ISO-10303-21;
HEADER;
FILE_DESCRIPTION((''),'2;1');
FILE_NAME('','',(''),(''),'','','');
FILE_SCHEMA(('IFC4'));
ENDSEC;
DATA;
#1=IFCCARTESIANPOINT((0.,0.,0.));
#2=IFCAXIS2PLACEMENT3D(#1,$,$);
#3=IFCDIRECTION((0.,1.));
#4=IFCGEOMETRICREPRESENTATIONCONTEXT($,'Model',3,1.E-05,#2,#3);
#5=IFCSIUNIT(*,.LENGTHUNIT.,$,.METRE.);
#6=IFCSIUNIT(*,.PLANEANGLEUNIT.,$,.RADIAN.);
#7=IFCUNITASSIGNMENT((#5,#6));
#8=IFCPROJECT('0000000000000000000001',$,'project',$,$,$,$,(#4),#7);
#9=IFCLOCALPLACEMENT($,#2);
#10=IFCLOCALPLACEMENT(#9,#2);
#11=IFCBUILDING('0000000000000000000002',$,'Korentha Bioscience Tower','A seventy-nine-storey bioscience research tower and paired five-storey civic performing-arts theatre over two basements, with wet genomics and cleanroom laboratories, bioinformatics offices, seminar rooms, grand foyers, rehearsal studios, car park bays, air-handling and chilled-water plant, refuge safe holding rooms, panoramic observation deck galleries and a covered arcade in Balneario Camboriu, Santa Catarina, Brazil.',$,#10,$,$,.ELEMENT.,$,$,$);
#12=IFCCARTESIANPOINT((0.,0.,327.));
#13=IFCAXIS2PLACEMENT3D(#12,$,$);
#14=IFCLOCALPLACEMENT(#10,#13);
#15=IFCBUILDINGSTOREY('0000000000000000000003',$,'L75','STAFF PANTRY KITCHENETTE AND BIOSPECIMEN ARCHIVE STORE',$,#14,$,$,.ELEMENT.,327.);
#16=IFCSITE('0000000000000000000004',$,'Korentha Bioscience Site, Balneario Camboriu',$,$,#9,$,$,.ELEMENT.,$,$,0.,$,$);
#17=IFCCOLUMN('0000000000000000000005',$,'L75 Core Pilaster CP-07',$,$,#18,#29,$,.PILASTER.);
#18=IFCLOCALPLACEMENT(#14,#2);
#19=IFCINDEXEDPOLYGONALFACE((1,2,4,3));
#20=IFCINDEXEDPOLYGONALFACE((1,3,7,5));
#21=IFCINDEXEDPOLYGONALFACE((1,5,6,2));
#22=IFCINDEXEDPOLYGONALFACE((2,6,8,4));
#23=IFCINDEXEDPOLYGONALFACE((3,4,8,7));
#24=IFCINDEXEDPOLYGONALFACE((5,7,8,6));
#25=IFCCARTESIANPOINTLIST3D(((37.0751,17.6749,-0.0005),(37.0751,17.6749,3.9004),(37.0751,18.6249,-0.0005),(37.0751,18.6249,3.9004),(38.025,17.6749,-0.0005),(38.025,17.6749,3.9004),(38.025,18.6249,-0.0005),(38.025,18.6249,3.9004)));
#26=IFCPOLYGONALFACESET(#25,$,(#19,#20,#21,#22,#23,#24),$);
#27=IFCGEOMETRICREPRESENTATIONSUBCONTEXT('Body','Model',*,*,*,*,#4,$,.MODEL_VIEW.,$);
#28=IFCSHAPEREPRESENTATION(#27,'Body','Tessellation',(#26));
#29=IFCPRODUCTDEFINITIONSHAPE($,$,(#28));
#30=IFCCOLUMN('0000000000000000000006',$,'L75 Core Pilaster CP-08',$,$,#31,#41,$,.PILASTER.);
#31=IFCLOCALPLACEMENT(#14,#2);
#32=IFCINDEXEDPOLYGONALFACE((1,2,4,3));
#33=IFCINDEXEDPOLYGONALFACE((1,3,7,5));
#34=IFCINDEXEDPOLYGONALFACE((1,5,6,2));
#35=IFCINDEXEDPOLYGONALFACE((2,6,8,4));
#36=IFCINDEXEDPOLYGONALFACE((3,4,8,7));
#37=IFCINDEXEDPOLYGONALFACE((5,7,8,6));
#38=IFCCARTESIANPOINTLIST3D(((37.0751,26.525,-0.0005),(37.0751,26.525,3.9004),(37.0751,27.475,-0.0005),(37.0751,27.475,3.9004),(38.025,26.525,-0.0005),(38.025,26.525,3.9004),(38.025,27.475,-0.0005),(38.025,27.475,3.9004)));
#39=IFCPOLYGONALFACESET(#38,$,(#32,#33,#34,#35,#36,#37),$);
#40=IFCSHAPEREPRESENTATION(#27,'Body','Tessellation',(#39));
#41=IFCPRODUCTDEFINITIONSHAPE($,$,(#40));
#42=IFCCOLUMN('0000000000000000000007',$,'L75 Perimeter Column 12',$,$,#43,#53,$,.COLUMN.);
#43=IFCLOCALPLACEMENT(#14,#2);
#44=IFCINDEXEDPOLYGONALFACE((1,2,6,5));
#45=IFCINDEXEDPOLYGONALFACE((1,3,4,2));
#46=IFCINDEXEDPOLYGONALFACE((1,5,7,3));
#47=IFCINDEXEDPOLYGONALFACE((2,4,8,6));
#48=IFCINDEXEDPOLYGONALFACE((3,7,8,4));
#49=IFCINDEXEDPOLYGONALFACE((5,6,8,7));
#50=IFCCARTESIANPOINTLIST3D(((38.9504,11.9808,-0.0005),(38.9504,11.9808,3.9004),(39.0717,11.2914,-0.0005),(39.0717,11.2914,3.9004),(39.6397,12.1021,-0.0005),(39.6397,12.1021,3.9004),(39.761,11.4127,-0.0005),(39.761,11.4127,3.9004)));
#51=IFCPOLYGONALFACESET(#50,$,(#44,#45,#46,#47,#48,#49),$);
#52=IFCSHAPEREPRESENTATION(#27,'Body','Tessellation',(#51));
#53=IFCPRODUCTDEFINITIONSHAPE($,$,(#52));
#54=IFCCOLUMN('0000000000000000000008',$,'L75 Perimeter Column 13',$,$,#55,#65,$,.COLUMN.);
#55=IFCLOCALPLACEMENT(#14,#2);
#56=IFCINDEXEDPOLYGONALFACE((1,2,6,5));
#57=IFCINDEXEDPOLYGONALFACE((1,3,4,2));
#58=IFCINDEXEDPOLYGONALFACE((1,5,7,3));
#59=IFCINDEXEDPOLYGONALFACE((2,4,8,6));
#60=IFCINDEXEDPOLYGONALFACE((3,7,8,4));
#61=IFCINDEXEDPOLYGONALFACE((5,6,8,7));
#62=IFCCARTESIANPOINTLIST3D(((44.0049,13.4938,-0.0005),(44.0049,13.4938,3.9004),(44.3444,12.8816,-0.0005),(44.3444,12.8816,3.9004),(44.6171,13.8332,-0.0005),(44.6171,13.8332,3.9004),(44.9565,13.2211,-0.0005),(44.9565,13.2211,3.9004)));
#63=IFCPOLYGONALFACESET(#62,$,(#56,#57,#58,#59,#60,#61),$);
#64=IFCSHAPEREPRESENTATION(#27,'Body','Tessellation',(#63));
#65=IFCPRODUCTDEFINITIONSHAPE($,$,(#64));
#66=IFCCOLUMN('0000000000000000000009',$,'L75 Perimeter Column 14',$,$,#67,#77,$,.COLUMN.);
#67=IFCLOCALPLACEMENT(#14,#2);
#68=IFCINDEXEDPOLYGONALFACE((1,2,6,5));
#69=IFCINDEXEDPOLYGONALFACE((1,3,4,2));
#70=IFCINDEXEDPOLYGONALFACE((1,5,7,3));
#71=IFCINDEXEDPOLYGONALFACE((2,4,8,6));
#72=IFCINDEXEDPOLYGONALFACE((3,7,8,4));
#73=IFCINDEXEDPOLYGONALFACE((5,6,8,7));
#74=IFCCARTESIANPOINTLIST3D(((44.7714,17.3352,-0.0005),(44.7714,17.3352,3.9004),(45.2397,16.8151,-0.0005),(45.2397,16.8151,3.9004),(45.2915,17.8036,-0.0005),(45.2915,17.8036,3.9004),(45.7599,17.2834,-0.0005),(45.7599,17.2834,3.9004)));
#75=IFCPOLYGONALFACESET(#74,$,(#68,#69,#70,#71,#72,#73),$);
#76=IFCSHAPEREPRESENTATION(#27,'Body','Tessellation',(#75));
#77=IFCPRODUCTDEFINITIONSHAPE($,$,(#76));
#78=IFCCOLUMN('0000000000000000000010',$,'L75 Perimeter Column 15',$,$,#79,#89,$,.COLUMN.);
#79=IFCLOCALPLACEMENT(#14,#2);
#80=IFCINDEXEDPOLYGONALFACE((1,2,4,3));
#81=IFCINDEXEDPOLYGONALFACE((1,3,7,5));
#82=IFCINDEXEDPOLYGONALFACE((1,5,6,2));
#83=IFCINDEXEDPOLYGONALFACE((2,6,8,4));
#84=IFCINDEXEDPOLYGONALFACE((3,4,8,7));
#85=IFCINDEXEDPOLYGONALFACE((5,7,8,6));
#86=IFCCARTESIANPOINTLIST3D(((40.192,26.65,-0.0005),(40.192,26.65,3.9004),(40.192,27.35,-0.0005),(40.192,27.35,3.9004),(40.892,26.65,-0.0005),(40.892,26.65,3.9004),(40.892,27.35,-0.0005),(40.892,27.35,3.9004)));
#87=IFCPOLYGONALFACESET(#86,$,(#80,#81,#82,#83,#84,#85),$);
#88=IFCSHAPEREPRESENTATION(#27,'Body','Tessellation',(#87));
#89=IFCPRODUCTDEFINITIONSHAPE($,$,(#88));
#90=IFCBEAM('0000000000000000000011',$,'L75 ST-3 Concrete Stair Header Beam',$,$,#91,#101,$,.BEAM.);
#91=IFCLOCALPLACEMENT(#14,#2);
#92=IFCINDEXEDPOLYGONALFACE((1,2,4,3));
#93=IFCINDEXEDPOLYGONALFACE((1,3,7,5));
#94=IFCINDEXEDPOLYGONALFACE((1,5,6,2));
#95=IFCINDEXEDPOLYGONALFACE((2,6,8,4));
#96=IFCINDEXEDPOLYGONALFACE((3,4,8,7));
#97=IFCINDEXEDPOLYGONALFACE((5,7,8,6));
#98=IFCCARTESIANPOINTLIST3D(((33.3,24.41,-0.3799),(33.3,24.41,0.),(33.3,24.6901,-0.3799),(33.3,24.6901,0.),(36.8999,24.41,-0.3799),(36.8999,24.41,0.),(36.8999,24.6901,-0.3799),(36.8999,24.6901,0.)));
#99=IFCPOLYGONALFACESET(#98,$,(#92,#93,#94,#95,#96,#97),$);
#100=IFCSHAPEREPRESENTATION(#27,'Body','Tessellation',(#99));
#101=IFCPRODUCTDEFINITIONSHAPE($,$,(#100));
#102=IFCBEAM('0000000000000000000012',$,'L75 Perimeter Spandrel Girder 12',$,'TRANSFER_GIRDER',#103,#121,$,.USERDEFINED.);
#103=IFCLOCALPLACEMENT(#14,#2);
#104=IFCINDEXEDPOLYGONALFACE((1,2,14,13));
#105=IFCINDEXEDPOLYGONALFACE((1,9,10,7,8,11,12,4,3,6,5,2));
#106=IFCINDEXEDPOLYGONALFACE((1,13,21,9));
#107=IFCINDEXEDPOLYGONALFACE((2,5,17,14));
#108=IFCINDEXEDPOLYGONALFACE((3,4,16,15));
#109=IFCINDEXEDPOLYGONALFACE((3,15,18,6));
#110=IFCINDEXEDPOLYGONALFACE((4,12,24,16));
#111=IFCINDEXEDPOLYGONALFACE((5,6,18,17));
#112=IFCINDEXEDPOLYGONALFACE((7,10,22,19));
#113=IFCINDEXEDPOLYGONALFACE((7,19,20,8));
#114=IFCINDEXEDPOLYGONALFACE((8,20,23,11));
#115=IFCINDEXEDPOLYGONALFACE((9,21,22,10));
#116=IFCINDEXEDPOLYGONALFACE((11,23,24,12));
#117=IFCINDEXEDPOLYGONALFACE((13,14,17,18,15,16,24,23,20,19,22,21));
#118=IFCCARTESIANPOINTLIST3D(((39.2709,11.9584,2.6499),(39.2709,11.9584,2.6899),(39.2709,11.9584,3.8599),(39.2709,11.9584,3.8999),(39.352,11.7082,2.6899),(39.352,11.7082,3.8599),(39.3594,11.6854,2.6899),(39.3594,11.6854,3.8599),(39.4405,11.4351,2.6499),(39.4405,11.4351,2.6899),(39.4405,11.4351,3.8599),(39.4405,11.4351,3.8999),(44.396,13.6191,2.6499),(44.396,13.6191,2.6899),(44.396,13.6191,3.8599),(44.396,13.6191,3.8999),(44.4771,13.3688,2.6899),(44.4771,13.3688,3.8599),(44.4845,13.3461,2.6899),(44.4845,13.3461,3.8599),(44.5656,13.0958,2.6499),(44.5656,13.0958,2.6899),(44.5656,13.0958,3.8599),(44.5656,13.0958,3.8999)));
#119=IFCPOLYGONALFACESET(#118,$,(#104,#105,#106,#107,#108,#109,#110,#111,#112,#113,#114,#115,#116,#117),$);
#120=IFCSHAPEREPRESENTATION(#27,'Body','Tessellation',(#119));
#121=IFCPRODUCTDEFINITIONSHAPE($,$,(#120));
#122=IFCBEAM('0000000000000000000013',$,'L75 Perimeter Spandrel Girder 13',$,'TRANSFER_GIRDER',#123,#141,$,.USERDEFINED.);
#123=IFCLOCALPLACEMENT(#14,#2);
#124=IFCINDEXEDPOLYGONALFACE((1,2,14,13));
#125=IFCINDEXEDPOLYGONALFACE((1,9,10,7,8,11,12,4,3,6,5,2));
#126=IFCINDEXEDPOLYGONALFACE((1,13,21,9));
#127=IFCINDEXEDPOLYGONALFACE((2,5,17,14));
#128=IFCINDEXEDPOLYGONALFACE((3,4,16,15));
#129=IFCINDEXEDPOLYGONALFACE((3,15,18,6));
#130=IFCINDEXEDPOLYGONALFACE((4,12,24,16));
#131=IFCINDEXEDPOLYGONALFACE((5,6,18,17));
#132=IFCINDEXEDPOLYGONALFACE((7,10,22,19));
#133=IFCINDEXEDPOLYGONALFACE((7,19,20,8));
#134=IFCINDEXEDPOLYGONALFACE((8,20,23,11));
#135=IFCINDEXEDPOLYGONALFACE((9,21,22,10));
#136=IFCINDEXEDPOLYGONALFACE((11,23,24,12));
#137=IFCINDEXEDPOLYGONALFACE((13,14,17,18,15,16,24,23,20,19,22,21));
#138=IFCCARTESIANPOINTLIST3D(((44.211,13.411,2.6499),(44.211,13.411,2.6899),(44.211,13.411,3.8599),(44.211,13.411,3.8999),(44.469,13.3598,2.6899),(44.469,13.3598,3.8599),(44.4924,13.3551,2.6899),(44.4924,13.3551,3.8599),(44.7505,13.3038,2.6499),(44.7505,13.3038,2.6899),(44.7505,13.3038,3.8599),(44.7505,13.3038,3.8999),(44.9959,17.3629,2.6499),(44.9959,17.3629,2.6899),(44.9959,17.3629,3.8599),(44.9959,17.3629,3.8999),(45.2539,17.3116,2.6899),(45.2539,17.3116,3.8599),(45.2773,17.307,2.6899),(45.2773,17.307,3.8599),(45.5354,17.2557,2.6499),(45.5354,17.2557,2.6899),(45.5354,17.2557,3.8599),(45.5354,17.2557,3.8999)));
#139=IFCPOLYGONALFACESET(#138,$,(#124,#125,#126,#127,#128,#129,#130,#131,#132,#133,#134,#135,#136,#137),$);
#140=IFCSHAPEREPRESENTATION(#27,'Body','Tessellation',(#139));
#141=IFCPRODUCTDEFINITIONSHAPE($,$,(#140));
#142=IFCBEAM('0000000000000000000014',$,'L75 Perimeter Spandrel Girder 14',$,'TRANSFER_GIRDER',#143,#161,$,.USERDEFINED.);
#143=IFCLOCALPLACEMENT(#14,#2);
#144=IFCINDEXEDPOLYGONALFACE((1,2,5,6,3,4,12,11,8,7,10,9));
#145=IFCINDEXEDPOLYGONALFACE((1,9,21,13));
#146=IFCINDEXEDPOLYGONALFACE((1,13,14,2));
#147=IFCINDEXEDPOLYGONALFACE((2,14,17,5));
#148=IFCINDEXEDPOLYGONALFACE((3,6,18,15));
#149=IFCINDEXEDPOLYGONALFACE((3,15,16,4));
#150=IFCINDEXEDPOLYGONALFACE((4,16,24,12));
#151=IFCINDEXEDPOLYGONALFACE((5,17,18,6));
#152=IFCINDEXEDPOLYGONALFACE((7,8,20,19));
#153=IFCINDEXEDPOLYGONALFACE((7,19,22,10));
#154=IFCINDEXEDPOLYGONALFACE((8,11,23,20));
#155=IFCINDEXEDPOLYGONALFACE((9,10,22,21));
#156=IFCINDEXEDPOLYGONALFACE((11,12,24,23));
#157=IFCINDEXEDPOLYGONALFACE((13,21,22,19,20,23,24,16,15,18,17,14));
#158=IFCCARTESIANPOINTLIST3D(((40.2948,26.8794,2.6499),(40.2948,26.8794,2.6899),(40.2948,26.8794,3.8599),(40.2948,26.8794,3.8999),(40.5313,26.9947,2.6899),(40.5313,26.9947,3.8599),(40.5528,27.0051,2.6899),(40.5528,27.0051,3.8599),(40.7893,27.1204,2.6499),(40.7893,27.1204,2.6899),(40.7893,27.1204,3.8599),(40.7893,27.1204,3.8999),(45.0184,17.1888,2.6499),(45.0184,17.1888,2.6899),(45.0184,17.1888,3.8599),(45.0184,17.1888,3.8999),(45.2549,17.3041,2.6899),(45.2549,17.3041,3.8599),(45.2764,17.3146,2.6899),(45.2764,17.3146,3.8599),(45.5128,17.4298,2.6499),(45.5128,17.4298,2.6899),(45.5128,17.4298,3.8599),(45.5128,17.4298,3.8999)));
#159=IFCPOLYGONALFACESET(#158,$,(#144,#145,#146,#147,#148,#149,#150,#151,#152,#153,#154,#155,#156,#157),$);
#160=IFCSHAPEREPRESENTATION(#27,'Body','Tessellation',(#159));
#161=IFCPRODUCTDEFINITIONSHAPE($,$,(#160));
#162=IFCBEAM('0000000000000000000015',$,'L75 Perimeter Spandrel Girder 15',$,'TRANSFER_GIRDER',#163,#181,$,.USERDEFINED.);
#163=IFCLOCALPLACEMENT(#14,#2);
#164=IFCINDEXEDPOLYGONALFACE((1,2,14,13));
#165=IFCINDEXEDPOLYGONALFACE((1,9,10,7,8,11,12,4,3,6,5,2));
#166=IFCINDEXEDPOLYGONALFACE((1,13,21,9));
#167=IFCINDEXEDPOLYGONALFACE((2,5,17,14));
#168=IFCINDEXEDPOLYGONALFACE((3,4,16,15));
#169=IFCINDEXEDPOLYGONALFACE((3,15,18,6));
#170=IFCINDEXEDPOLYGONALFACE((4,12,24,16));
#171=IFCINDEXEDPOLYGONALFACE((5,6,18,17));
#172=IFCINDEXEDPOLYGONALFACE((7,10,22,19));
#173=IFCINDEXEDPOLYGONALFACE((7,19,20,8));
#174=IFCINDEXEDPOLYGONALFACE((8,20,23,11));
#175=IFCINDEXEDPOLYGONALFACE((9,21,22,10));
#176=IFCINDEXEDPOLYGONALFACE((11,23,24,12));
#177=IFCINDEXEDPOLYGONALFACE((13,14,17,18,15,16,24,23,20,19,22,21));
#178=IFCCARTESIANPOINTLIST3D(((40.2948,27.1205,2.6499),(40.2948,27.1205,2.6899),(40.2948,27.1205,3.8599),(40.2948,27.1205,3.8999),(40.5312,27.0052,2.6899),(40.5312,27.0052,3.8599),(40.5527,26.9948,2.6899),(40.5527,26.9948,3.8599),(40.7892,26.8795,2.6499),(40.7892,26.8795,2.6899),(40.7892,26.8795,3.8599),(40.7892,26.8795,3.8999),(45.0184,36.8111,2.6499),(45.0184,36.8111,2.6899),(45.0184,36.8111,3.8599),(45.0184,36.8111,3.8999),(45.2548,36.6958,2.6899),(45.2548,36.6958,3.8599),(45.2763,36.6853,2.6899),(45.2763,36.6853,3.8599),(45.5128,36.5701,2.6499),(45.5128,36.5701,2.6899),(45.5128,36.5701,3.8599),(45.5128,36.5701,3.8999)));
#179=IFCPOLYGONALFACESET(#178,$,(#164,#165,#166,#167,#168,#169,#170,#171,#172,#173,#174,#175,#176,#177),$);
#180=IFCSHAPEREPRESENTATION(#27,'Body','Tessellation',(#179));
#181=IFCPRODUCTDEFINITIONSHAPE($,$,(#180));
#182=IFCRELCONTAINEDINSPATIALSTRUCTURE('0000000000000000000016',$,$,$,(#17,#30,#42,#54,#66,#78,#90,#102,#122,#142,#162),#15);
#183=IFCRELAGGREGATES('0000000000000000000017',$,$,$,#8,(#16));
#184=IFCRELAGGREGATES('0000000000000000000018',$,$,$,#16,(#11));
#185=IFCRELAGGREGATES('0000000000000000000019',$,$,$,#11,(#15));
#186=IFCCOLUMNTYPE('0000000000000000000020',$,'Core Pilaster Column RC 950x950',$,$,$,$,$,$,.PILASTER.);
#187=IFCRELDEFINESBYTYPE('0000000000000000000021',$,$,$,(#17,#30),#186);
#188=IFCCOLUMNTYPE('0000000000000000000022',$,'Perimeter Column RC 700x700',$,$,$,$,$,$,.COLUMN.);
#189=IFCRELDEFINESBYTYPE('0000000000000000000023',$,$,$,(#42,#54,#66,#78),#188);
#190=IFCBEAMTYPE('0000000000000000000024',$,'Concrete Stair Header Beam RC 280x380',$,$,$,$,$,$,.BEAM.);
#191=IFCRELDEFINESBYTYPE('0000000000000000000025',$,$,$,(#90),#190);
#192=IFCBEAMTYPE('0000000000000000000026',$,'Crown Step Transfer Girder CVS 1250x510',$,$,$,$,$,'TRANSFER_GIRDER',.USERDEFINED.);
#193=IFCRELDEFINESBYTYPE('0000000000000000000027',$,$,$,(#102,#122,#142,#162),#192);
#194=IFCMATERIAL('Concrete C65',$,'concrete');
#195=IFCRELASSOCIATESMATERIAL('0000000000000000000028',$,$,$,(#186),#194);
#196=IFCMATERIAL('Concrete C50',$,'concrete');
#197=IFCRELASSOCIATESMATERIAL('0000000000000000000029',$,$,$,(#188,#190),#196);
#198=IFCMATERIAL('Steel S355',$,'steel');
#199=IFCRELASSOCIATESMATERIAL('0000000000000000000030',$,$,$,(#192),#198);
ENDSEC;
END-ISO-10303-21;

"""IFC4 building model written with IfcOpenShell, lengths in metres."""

from ifc_helpers import new_model, si_unit, direction, frame, origin, origin_2d, place, context, subcontext, project, spatial, rectangle, i_section, extrude, material, material_profile, profile_set, type_object, element, save


model = new_model("IFC4")

# Units and contexts
model_context = context("Model", 3, precision=1e-05, world=origin(), true_north=direction((0.0, 1.0)))
body_context = subcontext(model_context, "Body", "Model", "MODEL_VIEW")
ifc_project = project(units=[si_unit("LENGTHUNIT", "METRE"), si_unit("PLANEANGLEUNIT", "RADIAN")], contexts=[model_context])

# Site, building, storey
site_placement = place(None, origin())
site = spatial("IfcSite", under=ifc_project, at=site_placement, Name="Korentha Bioscience Site, Balneario Camboriu", CompositionType="ELEMENT", RefElevation=0.0)
building_placement = place(site_placement, origin())
building = spatial("IfcBuilding", under=site, at=building_placement, Name="Korentha Bioscience Tower", Description="A seventy-nine-storey bioscience research tower and paired five-storey civic performing-arts theatre over two basements, with wet genomics and cleanroom laboratories, bioinformatics offices, seminar rooms, grand foyers, rehearsal studios, car park bays, air-handling and chilled-water plant, refuge safe holding rooms, panoramic observation deck galleries and a covered arcade in Balneario Camboriu, Santa Catarina, Brazil.", CompositionType="ELEMENT")
storey_placement = place(building_placement, frame((0.0, 0.0, 327.0)))
storey = spatial("IfcBuildingStorey", under=building, at=storey_placement, Name="L75", Description="STAFF PANTRY KITCHENETTE AND BIOSPECIMEN ARCHIVE STORE", CompositionType="ELEMENT", Elevation=327.0)

# Columns
ifc_material_1 = material(Name="Concrete C65", Category="concrete")
ifc_material_profile_1 = material_profile(ifc_material_1, rectangle(XDim=0.95, YDim=0.95, at=origin_2d()), Name="Concrete C65")
ifc_profile_set_1 = profile_set([ifc_material_profile_1], Name="Concrete C65 (COL-CP09)")
column_type_1 = type_object("IfcColumnType", Name="Core Pilaster Column RC 950x950", PredefinedType="PILASTER", material=ifc_profile_set_1)
for number, where, z_axis, x_axis, name in (
    (1, (37.55, 18.1499, -0.0005), (0.0, 0.0, 1.0), (1.0, 0.0, 0.0), "L75 Core Pilaster CP-07"),
    (2, (37.55, 27.0, -0.0005), (0.0, 0.0, 1.0), (1.0, 0.0, 0.0), "L75 Core Pilaster CP-08"),
):
    element("IfcColumn", number, at=place(storey_placement, frame(where, z_axis=z_axis, x_axis=x_axis)), inside=storey, type_object=column_type_1, Name=name, PredefinedType="PILASTER", context=body_context, shape_type="SweptSolid", body=[
        extrude(rectangle(XDim=0.95, YDim=0.95, at=origin_2d()), origin(), (0.0, 0.0, 1.0), 3.9009),
    ])
ifc_material_2 = material(Name="Concrete C50", Category="concrete")
ifc_material_profile_2 = material_profile(ifc_material_2, rectangle(XDim=0.7, YDim=0.7, at=origin_2d()), Name="Concrete C50")
ifc_profile_set_2 = profile_set([ifc_material_profile_2], Name="Concrete C50 (COL-P07)")
column_type_2 = type_object("IfcColumnType", Name="Perimeter Column RC 700x700", PredefinedType="COLUMN", material=ifc_profile_set_2)
for number, where, z_axis, x_axis, name in (
    (3, (39.3557, 11.6968, -0.0005), (0.0, 0.0, 1.0), (0.984868, 0.173304, 0.0), "L75 Perimeter Column 12"),
    (4, (44.4807, 13.3574, -0.0005), (0.0, 0.0, 1.0), (0.874535, 0.484962, 0.0), "L75 Perimeter Column 13"),
    (5, (45.2656, 17.3093, -0.0005), (0.0, 0.0, 1.0), (-0.669131, 0.743145, 0.0), "L75 Perimeter Column 14"),
    (6, (40.542, 27.0, -0.0005), (0.0, 0.0, 1.0), (0.0, 1.0, 0.0), "L75 Perimeter Column 15"),
):
    element("IfcColumn", number, at=place(storey_placement, frame(where, z_axis=z_axis, x_axis=x_axis)), inside=storey, type_object=column_type_2, Name=name, PredefinedType="COLUMN", context=body_context, shape_type="SweptSolid", body=[
        extrude(rectangle(XDim=0.7, YDim=0.7, at=origin_2d()), origin(), (0.0, 0.0, 1.0), 3.9009),
    ])

# Beams
ifc_material_profile_3 = material_profile(ifc_material_2, rectangle(XDim=0.28, YDim=0.3799, at=origin_2d()), Name="Concrete C50")
ifc_profile_set_3 = profile_set([ifc_material_profile_3], Name="Concrete C50 (ST-HB380)")
beam_type_1 = type_object("IfcBeamType", Name="Concrete Stair Header Beam RC 280x380", PredefinedType="BEAM", material=ifc_profile_set_3)
beam_1_placement = place(storey_placement, frame((36.8999, 24.55, -0.1899), z_axis=(-1.0, 0.0, 0.0), x_axis=(0.0, -1.0, 0.0)))
element("IfcBeam", 7, at=beam_1_placement, inside=storey, type_object=beam_type_1, Name="L75 ST-3 Concrete Stair Header Beam", PredefinedType="BEAM", context=body_context, shape_type="SweptSolid", body=[
    extrude(rectangle(XDim=0.28, YDim=0.3799, at=origin_2d()), origin(), (0.0, 0.0, 1.0), 3.5999),
])
ifc_material_3 = material(Name="Steel S355", Category="steel")
ifc_material_profile_4 = material_profile(ifc_material_3, i_section(OverallWidth=0.55, OverallDepth=1.25, WebThickness=0.0239, FlangeThickness=0.04, at=origin_2d()), Name="Steel S355")
ifc_profile_set_4 = profile_set([ifc_material_profile_4], Name="Steel S355 (TG-03)")
beam_type_2 = type_object("IfcBeamType", Name="Crown Step Transfer Girder CVS 1250x510", ElementType="TRANSFER_GIRDER", PredefinedType="USERDEFINED", material=ifc_profile_set_4)
beam_2_placement = place(storey_placement, frame((39.3557, 11.6968, 3.2749), z_axis=(0.951305, 0.30825, 0.0), x_axis=(-0.30825, 0.951305, 0.0)))
element("IfcBeam", 8, at=beam_2_placement, inside=storey, type_object=beam_type_2, Name="L75 Perimeter Spandrel Girder 12", ObjectType="TRANSFER_GIRDER", PredefinedType="USERDEFINED", context=body_context, shape_type="SweptSolid", body=[
    extrude(i_section(OverallWidth=0.55, OverallDepth=1.25, WebThickness=0.0239, FlangeThickness=0.04, at=origin_2d()), origin(), (0.0, 0.0, 1.0), 5.3875),
])
beam_3_placement = place(storey_placement, frame((44.4807, 13.3574, 3.2749), z_axis=(0.194811, 0.980841, 0.0), x_axis=(-0.980841, 0.194811, 0.0)))
element("IfcBeam", 9, at=beam_3_placement, inside=storey, type_object=beam_type_2, Name="L75 Perimeter Spandrel Girder 13", ObjectType="TRANSFER_GIRDER", PredefinedType="USERDEFINED", context=body_context, shape_type="SweptSolid", body=[
    extrude(i_section(OverallWidth=0.55, OverallDepth=1.25, WebThickness=0.0239, FlangeThickness=0.04, at=origin_2d()), origin(), (0.0, 0.0, 1.0), 4.0291),
])
for number, where, z_axis, x_axis, name in (
    (10, (45.2656, 17.3093, 3.2749), (-0.438159, 0.898897, 0.0), (-0.898897, -0.438159, 0.0), "L75 Perimeter Spandrel Girder 14"),
    (11, (40.542, 27.0, 3.2749), (0.438159, 0.898897, 0.0), (-0.898897, 0.438159, 0.0), "L75 Perimeter Spandrel Girder 15"),
):
    element("IfcBeam", number, at=place(storey_placement, frame(where, z_axis=z_axis, x_axis=x_axis)), inside=storey, type_object=beam_type_2, Name=name, ObjectType="TRANSFER_GIRDER", PredefinedType="USERDEFINED", context=body_context, shape_type="SweptSolid", body=[
        extrude(i_section(OverallWidth=0.55, OverallDepth=1.25, WebThickness=0.0239, FlangeThickness=0.04, at=origin_2d()), origin(), (0.0, 0.0, 1.0), 10.7805),
    ])

save(model, "model.ifc")
